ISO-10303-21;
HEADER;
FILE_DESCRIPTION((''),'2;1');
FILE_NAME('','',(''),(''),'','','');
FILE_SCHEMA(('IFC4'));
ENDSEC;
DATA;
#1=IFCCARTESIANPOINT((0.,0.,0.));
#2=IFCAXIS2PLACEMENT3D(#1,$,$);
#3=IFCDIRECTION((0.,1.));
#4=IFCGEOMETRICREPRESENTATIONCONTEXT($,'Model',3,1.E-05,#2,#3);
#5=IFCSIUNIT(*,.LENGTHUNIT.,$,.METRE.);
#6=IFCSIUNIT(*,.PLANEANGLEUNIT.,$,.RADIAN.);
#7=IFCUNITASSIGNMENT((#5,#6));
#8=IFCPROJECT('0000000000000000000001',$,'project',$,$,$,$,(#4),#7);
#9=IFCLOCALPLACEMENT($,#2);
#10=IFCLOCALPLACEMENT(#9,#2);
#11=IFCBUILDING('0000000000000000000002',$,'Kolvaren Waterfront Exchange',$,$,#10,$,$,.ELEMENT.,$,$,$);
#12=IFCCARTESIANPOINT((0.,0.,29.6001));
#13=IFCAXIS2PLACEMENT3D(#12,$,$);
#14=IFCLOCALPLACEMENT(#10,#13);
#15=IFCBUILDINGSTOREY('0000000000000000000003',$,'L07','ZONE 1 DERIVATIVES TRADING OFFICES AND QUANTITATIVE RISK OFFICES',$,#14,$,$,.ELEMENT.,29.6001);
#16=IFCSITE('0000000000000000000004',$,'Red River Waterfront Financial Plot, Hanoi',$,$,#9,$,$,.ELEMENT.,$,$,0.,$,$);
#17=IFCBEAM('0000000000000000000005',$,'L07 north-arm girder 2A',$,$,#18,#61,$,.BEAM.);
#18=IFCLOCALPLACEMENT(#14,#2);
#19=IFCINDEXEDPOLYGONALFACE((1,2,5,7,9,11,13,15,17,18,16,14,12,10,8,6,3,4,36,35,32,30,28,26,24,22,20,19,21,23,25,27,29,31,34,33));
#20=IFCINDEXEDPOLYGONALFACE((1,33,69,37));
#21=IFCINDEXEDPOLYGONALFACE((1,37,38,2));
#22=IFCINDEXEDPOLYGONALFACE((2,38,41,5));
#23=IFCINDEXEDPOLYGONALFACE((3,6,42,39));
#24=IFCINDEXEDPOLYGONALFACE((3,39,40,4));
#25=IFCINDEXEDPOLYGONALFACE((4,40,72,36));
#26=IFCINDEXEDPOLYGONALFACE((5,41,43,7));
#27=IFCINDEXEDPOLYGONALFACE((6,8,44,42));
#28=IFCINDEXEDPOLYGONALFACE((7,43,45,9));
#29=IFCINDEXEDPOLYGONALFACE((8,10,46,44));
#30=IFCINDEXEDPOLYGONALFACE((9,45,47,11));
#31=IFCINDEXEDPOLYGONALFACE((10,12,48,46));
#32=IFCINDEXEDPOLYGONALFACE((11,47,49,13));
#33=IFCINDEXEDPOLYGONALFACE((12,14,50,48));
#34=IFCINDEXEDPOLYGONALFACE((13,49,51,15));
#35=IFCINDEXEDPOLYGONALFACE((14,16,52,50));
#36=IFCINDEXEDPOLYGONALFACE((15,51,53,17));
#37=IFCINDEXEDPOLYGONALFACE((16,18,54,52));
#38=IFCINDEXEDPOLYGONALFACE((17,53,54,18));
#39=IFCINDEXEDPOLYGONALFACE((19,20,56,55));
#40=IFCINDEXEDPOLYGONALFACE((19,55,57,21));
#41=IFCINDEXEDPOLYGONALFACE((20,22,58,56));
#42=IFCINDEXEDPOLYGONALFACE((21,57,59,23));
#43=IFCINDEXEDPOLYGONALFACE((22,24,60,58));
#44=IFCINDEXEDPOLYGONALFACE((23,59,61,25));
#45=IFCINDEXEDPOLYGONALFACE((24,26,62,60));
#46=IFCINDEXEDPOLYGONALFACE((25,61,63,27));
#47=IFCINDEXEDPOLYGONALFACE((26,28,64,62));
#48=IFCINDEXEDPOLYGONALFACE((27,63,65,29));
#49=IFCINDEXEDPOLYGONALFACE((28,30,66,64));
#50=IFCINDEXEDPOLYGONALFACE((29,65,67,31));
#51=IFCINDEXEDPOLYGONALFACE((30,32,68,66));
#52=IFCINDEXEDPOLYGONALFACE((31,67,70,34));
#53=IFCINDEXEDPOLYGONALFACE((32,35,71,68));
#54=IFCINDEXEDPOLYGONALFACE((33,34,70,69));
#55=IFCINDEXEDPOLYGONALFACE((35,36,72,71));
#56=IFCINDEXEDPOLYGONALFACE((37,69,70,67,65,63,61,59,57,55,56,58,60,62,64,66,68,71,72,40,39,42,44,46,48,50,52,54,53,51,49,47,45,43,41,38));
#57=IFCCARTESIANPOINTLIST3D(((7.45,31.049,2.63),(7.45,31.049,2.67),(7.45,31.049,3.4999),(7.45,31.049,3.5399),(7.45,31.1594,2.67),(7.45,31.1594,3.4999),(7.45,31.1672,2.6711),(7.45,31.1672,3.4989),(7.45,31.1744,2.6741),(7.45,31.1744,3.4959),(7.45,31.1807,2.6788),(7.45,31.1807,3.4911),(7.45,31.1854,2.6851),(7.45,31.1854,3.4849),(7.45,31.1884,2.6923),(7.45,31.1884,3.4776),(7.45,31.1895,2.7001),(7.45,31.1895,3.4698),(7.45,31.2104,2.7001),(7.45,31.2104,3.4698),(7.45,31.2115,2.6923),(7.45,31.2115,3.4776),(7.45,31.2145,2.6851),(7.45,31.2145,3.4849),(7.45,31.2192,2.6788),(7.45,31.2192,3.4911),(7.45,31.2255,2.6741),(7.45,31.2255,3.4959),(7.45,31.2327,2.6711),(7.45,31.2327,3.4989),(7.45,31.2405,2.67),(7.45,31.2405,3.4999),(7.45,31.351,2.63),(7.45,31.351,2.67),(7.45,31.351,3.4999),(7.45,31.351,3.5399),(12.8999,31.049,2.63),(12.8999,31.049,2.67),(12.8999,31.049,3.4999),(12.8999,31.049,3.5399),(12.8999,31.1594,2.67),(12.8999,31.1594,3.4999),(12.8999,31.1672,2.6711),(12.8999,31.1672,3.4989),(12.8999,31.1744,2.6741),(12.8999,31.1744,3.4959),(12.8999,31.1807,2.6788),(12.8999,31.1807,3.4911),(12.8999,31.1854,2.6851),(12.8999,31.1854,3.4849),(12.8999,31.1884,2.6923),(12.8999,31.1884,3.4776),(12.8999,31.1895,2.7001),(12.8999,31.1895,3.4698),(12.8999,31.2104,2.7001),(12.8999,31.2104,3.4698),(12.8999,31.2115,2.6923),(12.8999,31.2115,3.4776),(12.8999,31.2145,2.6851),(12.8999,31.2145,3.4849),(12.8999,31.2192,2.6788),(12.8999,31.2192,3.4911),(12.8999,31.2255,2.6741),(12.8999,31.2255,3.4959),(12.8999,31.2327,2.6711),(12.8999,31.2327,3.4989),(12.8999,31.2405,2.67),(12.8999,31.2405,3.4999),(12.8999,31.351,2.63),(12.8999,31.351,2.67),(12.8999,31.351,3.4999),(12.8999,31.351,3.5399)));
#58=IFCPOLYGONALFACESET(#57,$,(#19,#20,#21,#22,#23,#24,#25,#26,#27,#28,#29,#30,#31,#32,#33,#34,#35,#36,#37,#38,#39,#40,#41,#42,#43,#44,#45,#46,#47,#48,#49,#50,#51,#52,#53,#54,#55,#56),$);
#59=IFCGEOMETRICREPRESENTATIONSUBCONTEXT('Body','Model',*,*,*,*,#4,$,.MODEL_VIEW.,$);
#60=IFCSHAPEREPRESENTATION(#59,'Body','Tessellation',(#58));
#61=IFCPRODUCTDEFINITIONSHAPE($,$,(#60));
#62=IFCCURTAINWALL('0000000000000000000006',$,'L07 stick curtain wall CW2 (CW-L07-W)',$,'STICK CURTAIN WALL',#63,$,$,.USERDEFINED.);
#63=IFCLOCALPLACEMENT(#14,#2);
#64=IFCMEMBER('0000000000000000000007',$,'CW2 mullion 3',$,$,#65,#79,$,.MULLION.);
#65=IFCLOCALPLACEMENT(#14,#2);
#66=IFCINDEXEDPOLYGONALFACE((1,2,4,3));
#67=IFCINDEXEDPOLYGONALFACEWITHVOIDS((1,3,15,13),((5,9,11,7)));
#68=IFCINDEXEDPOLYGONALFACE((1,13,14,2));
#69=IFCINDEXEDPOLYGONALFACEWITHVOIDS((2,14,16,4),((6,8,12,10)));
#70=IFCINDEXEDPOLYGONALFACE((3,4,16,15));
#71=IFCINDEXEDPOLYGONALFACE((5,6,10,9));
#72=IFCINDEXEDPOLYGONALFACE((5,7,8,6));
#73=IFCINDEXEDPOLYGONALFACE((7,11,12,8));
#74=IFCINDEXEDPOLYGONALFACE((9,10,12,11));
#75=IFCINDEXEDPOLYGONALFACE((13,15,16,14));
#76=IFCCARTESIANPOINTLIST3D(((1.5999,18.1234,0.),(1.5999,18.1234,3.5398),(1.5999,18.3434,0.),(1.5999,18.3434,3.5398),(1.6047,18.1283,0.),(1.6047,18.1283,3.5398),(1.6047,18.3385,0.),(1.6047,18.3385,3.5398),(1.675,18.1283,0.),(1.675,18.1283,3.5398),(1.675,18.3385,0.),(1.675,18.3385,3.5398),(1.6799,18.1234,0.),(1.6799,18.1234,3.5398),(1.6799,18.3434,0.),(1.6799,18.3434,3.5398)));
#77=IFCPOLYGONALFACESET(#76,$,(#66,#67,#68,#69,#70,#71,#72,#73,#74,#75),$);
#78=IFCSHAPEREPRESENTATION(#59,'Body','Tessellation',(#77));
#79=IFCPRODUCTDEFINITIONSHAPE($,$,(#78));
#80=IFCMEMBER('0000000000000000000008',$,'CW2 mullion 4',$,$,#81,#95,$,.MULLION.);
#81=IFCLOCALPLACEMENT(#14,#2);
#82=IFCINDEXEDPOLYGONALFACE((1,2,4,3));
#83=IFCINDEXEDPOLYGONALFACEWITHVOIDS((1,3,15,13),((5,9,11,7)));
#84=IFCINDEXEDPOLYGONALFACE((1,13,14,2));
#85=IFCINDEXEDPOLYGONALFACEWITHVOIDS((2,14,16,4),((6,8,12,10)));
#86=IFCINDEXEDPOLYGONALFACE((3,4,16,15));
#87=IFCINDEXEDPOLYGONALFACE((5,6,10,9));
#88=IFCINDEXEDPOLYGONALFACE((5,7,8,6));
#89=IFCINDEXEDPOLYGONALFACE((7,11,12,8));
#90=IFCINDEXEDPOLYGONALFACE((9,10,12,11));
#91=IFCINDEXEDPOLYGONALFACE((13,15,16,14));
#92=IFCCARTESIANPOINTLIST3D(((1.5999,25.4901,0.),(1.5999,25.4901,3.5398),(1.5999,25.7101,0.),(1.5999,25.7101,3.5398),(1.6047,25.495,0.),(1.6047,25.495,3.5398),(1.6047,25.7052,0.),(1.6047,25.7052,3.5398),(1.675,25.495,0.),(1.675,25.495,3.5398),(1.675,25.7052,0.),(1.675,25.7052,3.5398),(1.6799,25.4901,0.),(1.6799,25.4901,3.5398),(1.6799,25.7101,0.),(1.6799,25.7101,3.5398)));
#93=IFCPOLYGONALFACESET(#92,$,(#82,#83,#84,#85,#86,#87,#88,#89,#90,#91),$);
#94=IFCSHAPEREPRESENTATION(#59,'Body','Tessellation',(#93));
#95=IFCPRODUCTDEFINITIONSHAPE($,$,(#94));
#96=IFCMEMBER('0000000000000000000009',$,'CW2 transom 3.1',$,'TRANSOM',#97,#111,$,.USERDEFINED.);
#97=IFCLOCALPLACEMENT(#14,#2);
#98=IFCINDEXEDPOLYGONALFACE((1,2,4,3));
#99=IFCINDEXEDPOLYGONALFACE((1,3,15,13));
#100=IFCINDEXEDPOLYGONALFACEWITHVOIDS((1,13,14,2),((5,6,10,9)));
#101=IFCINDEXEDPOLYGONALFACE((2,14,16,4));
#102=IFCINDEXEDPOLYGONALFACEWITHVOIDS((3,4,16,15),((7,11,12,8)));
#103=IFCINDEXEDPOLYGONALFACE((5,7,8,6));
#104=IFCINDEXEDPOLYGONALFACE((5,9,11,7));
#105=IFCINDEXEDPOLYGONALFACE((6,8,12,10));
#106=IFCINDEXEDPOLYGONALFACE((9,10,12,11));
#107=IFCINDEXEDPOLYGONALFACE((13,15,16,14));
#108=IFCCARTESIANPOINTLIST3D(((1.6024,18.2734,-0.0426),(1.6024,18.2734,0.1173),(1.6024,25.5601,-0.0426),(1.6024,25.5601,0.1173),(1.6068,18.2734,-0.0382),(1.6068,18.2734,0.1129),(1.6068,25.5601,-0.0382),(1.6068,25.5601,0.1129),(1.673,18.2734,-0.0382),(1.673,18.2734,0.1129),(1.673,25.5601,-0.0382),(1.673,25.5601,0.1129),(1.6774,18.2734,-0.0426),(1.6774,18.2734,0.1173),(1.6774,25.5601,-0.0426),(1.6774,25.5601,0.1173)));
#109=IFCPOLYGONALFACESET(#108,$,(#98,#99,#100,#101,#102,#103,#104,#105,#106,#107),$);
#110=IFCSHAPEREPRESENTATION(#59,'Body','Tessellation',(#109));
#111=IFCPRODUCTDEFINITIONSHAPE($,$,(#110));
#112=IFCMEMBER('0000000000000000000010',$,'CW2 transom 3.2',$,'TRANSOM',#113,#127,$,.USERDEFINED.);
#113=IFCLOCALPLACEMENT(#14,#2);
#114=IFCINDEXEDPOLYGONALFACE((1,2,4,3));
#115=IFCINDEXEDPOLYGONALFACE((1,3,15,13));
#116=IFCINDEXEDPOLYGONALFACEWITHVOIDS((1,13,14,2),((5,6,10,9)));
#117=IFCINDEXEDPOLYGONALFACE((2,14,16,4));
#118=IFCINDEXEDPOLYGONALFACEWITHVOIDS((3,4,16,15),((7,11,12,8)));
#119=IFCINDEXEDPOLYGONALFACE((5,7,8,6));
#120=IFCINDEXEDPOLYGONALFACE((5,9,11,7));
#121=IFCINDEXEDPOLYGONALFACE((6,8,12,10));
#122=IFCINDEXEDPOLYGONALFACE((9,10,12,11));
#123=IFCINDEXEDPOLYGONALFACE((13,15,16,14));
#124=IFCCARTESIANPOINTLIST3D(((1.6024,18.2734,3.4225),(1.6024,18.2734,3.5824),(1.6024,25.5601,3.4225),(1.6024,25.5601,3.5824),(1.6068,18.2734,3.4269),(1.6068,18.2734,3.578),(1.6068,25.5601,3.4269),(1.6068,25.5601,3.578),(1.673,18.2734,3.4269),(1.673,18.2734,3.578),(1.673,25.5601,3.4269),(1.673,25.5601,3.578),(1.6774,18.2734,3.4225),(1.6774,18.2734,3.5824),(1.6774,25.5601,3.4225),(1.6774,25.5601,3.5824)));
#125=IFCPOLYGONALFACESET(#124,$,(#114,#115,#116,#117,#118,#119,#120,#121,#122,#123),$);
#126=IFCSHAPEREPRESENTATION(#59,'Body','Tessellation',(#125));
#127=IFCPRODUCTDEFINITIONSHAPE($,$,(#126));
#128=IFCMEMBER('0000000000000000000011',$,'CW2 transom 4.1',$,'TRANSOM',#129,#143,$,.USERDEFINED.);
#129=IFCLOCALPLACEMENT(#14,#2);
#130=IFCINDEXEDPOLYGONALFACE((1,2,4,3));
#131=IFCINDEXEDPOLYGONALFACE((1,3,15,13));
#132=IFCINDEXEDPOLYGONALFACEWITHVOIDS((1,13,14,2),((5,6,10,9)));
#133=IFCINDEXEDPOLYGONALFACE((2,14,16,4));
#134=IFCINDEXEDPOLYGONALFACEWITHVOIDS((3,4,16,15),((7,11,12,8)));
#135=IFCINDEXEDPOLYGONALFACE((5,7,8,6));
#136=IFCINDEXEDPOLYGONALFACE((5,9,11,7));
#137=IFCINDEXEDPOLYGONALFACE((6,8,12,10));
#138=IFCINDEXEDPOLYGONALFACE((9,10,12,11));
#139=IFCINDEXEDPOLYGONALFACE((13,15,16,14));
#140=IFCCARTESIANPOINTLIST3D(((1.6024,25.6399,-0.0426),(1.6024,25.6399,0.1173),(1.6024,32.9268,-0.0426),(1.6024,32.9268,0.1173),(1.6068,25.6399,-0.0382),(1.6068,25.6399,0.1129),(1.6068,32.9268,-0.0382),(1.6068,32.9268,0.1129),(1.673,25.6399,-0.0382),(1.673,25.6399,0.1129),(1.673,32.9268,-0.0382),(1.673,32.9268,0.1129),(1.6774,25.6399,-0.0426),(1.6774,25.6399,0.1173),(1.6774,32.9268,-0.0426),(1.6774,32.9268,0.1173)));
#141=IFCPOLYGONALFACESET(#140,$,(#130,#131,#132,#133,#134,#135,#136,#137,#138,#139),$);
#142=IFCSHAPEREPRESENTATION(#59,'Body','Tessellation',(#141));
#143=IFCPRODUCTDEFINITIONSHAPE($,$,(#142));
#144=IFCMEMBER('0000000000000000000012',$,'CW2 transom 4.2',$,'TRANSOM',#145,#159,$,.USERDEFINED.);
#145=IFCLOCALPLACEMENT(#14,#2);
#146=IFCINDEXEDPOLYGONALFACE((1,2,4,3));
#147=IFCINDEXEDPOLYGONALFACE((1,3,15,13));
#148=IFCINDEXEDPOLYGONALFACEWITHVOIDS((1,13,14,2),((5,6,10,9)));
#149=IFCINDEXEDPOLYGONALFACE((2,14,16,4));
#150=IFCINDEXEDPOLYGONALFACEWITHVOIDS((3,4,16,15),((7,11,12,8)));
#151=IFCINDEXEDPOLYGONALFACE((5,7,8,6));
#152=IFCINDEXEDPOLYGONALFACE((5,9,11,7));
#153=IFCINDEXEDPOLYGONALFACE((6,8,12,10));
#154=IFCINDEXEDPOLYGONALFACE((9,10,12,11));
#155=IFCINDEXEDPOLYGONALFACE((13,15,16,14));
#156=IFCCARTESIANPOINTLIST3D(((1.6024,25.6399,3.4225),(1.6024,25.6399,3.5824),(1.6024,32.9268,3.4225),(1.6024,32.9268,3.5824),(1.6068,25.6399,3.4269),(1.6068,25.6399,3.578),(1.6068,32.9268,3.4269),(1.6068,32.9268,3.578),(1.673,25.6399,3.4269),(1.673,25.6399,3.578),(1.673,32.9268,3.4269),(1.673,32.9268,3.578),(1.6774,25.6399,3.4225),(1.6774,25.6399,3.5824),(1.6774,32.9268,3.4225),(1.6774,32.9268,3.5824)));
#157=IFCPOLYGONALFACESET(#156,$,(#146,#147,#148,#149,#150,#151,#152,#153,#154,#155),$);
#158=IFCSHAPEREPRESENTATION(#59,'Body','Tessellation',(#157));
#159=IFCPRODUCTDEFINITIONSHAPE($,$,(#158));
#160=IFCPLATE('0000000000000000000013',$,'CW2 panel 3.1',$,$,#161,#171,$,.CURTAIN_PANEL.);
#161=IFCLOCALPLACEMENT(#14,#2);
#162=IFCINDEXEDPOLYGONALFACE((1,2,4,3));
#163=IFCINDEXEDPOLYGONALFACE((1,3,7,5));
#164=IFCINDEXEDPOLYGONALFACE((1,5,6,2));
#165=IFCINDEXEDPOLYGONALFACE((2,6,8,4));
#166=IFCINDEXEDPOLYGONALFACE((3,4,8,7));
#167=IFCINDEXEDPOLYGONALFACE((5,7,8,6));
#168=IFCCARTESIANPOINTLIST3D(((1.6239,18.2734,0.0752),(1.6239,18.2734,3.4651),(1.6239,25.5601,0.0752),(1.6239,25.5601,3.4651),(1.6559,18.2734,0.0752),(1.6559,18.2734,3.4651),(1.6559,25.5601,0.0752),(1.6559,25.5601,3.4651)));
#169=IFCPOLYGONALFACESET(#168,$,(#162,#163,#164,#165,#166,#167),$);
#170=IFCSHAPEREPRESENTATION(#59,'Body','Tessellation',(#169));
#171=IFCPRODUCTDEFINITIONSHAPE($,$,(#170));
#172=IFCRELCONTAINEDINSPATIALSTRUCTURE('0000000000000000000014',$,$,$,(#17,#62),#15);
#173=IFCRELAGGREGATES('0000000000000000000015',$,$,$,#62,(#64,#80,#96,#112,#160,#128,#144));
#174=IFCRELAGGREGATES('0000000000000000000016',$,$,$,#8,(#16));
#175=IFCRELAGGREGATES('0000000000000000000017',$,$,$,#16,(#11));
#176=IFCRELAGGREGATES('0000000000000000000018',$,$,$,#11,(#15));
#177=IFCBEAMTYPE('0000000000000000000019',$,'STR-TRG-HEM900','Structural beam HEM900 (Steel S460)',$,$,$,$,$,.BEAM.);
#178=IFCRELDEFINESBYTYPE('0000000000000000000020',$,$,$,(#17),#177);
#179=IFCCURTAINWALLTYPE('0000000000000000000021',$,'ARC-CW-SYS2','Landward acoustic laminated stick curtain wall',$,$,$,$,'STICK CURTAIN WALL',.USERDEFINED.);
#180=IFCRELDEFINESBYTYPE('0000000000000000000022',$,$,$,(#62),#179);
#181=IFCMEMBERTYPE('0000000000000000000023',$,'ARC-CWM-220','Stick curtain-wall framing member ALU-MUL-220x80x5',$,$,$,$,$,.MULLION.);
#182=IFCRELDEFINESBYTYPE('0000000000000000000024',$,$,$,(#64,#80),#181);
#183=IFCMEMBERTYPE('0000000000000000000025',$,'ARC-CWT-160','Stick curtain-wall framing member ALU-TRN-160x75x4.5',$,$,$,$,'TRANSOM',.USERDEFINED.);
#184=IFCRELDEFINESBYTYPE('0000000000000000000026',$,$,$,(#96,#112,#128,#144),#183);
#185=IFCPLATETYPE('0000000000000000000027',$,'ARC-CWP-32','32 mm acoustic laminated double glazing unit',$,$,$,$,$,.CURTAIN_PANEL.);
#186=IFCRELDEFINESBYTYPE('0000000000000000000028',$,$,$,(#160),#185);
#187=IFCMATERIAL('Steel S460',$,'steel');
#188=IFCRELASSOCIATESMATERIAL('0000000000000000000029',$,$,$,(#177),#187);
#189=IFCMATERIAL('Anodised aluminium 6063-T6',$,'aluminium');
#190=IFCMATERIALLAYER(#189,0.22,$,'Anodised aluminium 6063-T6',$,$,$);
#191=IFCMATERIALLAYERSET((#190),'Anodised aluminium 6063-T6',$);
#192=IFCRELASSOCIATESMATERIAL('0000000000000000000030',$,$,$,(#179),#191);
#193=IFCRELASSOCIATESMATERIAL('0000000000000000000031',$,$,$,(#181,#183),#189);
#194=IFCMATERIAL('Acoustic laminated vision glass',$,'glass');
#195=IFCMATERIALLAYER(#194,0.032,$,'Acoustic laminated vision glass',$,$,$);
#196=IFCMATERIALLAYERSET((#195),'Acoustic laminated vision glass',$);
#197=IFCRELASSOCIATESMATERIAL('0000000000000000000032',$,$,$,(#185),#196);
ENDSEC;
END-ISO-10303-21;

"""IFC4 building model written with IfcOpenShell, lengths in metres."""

from ifc_helpers import new_model, si_unit, direction, frame, origin, origin_with_axes, origin_2d, place, context, subcontext, project, spatial, rectangle, hollow_rectangle, i_section, extrude, source, transform, mapped, material, layer, layer_set, material_profile, profile_set, type_object, element, aggregate, save


model = new_model("IFC4")

# Units and contexts
model_context = context("Model", 3, precision=1e-05, world=origin(), true_north=direction((0.0, 1.0)))
body_context = subcontext(model_context, "Body", "Model", "MODEL_VIEW")
ifc_project = project(units=[si_unit("LENGTHUNIT", "METRE"), si_unit("PLANEANGLEUNIT", "RADIAN")], contexts=[model_context])

# Site, building, storey
site_placement = place(None, origin())
site = spatial("IfcSite", under=ifc_project, at=site_placement, Name="Red River Waterfront Financial Plot, Hanoi", CompositionType="ELEMENT", RefElevation=0.0)
building_placement = place(site_placement, origin())
building = spatial("IfcBuilding", under=site, at=building_placement, Name="Kolvaren Waterfront Exchange", CompositionType="ELEMENT")
storey_placement = place(building_placement, frame((0.0, 0.0, 29.6001)))
storey = spatial("IfcBuildingStorey", under=building, at=storey_placement, Name="L07", Description="ZONE 1 DERIVATIVES TRADING OFFICES AND QUANTITATIVE RISK OFFICES", CompositionType="ELEMENT", Elevation=29.6001)

# Beam
ifc_material_1 = material(Name="Steel S460", Category="steel")
ifc_material_profile_1 = material_profile(ifc_material_1, i_section(OverallWidth=0.302, OverallDepth=0.9099, WebThickness=0.021, FlangeThickness=0.04, FilletRadius=0.03, at=origin_2d()), Name="HEM900")
ifc_profile_set_1 = profile_set([ifc_material_profile_1], Name="Steel S460")
beam_type_1 = type_object("IfcBeamType", Name="STR-TRG-HEM900", Description="Structural beam HEM900 (Steel S460)", PredefinedType="BEAM", material=ifc_profile_set_1)
for number, where, z_axis, x_axis, name in (
    (1, (7.45, 31.2, 3.085), (1.0, 0.0, 0.0), (0.0, 1.0, 0.0), "L07 north-arm girder 2A"),
):
    element("IfcBeam", number, at=place(storey_placement, frame(where, z_axis=z_axis, x_axis=x_axis)), inside=storey, type_object=beam_type_1, Name=name, PredefinedType="BEAM", context=body_context, shape_type="SweptSolid", body=[
        extrude(i_section(OverallWidth=0.302, OverallDepth=0.9099, WebThickness=0.021, FlangeThickness=0.04, FilletRadius=0.03, at=origin_2d()), origin(), (0.0, 0.0, 1.0), 5.45),
    ])

# Curtain wall, members, plate
ifc_material_2 = material(Name="Anodised aluminium 6063-T6", Category="aluminium")
ifc_layer_1 = layer(ifc_material_2, 0.22, Name="Anodised aluminium 6063-T6")
ifc_layer_set_1 = layer_set([ifc_layer_1], Name="Anodised aluminium 6063-T6")
curtain_wall_type = type_object("IfcCurtainWallType", Name="ARC-CW-SYS2", Description="Landward acoustic laminated stick curtain wall", ElementType="STICK CURTAIN WALL", PredefinedType="USERDEFINED", material=ifc_layer_set_1)
curtain_wall_placement = place(storey_placement, origin())
curtain_wall = element("IfcCurtainWall", 2, at=curtain_wall_placement, inside=storey, type_object=curtain_wall_type, Name="L07 stick curtain wall CW2 (CW-L07-W)", ObjectType="STICK CURTAIN WALL", PredefinedType="USERDEFINED")
ifc_material_profile_2 = material_profile(ifc_material_2, hollow_rectangle(XDim=0.0801, YDim=0.22, WallThickness=0.0049, at=origin_2d()), Name="ALU-MUL-220x80x5")
ifc_profile_set_2 = profile_set([ifc_material_profile_2], Name="Anodised aluminium 6063-T6")
member_type_1 = type_object("IfcMemberType", Name="ARC-CWM-220", Description="Stick curtain-wall framing member ALU-MUL-220x80x5", PredefinedType="MULLION", material=ifc_profile_set_2)
shared_shape_1 = source(origin_with_axes(), body_context, "Body", "SweptSolid", [
    extrude(hollow_rectangle(XDim=0.0801, YDim=0.22, WallThickness=0.0049, at=origin_2d()), origin(), (0.0, 0.0, 1.0), 3.5398),
])
member_1_placement = place(storey_placement, frame((1.6399, 18.2334, 0.0), z_axis=(0.0, 0.0, 1.0), x_axis=(-1.0, 0.0, 0.0)))
member_1 = element("IfcMember", 3, at=member_1_placement, type_object=member_type_1, Name="CW2 mullion 3", PredefinedType="MULLION", context=body_context, shape_type="MappedRepresentation", body=[
    mapped(shared_shape_1, transform((0.0, 0.0, 0.0), x_axis=(1.0, 0.0, 0.0), y_axis=(0.0, 1.0, 0.0), z_axis=(0.0, 0.0, 1.0), scale=1.0)),
])
member_2_placement = place(storey_placement, frame((1.6399, 25.6001, 0.0), z_axis=(0.0, 0.0, 1.0), x_axis=(-1.0, 0.0, 0.0)))
member_2 = element("IfcMember", 4, at=member_2_placement, type_object=member_type_1, Name="CW2 mullion 4", PredefinedType="MULLION", context=body_context, shape_type="MappedRepresentation", body=[
    mapped(shared_shape_1, transform((0.0, 0.0, 0.0), x_axis=(1.0, 0.0, 0.0), y_axis=(0.0, 1.0, 0.0), z_axis=(0.0, 0.0, 1.0), scale=1.0)),
])
ifc_material_profile_3 = material_profile(ifc_material_2, hollow_rectangle(XDim=0.075, YDim=0.1599, WallThickness=0.0044, at=origin_2d()), Name="ALU-TRN-160x75x4.5")
ifc_profile_set_3 = profile_set([ifc_material_profile_3], Name="Anodised aluminium 6063-T6")
member_type_2 = type_object("IfcMemberType", Name="ARC-CWT-160", Description="Stick curtain-wall framing member ALU-TRN-160x75x4.5", ElementType="TRANSOM", PredefinedType="USERDEFINED", material=ifc_profile_set_3)
shared_shape_2 = source(origin_with_axes(), body_context, "Body", "SweptSolid", [
    extrude(hollow_rectangle(XDim=0.075, YDim=0.1599, WallThickness=0.0044, at=origin_2d()), origin(), (0.0, 0.0, 1.0), 7.2866),
])
member_3_placement = place(storey_placement, frame((1.6399, 18.2734, 0.0374), z_axis=(0.0, 1.0, 0.0), x_axis=(-1.0, 0.0, 0.0)))
member_3 = element("IfcMember", 5, at=member_3_placement, type_object=member_type_2, Name="CW2 transom 3.1", ObjectType="TRANSOM", PredefinedType="USERDEFINED", context=body_context, shape_type="MappedRepresentation", body=[
    mapped(shared_shape_2, transform((0.0, 0.0, 0.0), x_axis=(1.0, 0.0, 0.0), y_axis=(0.0, 1.0, 0.0), z_axis=(0.0, 0.0, 1.0), scale=1.0)),
])
member_4_placement = place(storey_placement, frame((1.6399, 18.2734, 3.5024), z_axis=(0.0, 1.0, 0.0), x_axis=(-1.0, 0.0, 0.0)))
member_4 = element("IfcMember", 6, at=member_4_placement, type_object=member_type_2, Name="CW2 transom 3.2", ObjectType="TRANSOM", PredefinedType="USERDEFINED", context=body_context, shape_type="MappedRepresentation", body=[
    mapped(shared_shape_2, transform((0.0, 0.0, 0.0), x_axis=(1.0, 0.0, 0.0), y_axis=(0.0, 1.0, 0.0), z_axis=(0.0, 0.0, 1.0), scale=1.0)),
])
shared_shape_3 = source(origin_with_axes(), body_context, "Body", "SweptSolid", [
    extrude(hollow_rectangle(XDim=0.075, YDim=0.1599, WallThickness=0.0044, at=origin_2d()), origin(), (0.0, 0.0, 1.0), 7.2869),
])
member_5_placement = place(storey_placement, frame((1.6399, 25.6399, 0.0374), z_axis=(0.0, 1.0, 0.0), x_axis=(-1.0, 0.0, 0.0)))
member_5 = element("IfcMember", 7, at=member_5_placement, type_object=member_type_2, Name="CW2 transom 4.1", ObjectType="TRANSOM", PredefinedType="USERDEFINED", context=body_context, shape_type="MappedRepresentation", body=[
    mapped(shared_shape_3, transform((0.0, 0.0, 0.0), x_axis=(1.0, 0.0, 0.0), y_axis=(0.0, 1.0, 0.0), z_axis=(0.0, 0.0, 1.0), scale=1.0)),
])
member_6_placement = place(storey_placement, frame((1.6399, 25.6399, 3.5024), z_axis=(0.0, 1.0, 0.0), x_axis=(-1.0, 0.0, 0.0)))
member_6 = element("IfcMember", 8, at=member_6_placement, type_object=member_type_2, Name="CW2 transom 4.2", ObjectType="TRANSOM", PredefinedType="USERDEFINED", context=body_context, shape_type="MappedRepresentation", body=[
    mapped(shared_shape_3, transform((0.0, 0.0, 0.0), x_axis=(1.0, 0.0, 0.0), y_axis=(0.0, 1.0, 0.0), z_axis=(0.0, 0.0, 1.0), scale=1.0)),
])
ifc_material_3 = material(Name="Acoustic laminated vision glass", Category="glass")
ifc_layer_2 = layer(ifc_material_3, 0.032, Name="Acoustic laminated vision glass")
ifc_layer_set_2 = layer_set([ifc_layer_2], Name="Acoustic laminated vision glass")
plate_type = type_object("IfcPlateType", Name="ARC-CWP-32", Description="32 mm acoustic laminated double glazing unit", PredefinedType="CURTAIN_PANEL", material=ifc_layer_set_2)
shared_shape_4 = source(origin_with_axes(), body_context, "Body", "SweptSolid", [
    extrude(rectangle(XDim=7.2866, YDim=0.032, at=origin_2d()), origin(), (0.0, 0.0, 1.0), 3.3899),
])
plate_1_placement = place(storey_placement, frame((1.6399, 21.9167, 0.0752), z_axis=(0.0, 0.0, 1.0), x_axis=(0.0, 1.0, 0.0)))
plate_1 = element("IfcPlate", 9, at=plate_1_placement, type_object=plate_type, Name="CW2 panel 3.1", PredefinedType="CURTAIN_PANEL", context=body_context, shape_type="MappedRepresentation", body=[
    mapped(shared_shape_4, transform((0.0, 0.0, 0.0), x_axis=(1.0, 0.0, 0.0), y_axis=(0.0, 1.0, 0.0), z_axis=(0.0, 0.0, 1.0), scale=1.0)),
])
aggregate(curtain_wall, [member_1, member_2, member_3, member_4, plate_1, member_5, member_6])

save(model, "model.ifc")
